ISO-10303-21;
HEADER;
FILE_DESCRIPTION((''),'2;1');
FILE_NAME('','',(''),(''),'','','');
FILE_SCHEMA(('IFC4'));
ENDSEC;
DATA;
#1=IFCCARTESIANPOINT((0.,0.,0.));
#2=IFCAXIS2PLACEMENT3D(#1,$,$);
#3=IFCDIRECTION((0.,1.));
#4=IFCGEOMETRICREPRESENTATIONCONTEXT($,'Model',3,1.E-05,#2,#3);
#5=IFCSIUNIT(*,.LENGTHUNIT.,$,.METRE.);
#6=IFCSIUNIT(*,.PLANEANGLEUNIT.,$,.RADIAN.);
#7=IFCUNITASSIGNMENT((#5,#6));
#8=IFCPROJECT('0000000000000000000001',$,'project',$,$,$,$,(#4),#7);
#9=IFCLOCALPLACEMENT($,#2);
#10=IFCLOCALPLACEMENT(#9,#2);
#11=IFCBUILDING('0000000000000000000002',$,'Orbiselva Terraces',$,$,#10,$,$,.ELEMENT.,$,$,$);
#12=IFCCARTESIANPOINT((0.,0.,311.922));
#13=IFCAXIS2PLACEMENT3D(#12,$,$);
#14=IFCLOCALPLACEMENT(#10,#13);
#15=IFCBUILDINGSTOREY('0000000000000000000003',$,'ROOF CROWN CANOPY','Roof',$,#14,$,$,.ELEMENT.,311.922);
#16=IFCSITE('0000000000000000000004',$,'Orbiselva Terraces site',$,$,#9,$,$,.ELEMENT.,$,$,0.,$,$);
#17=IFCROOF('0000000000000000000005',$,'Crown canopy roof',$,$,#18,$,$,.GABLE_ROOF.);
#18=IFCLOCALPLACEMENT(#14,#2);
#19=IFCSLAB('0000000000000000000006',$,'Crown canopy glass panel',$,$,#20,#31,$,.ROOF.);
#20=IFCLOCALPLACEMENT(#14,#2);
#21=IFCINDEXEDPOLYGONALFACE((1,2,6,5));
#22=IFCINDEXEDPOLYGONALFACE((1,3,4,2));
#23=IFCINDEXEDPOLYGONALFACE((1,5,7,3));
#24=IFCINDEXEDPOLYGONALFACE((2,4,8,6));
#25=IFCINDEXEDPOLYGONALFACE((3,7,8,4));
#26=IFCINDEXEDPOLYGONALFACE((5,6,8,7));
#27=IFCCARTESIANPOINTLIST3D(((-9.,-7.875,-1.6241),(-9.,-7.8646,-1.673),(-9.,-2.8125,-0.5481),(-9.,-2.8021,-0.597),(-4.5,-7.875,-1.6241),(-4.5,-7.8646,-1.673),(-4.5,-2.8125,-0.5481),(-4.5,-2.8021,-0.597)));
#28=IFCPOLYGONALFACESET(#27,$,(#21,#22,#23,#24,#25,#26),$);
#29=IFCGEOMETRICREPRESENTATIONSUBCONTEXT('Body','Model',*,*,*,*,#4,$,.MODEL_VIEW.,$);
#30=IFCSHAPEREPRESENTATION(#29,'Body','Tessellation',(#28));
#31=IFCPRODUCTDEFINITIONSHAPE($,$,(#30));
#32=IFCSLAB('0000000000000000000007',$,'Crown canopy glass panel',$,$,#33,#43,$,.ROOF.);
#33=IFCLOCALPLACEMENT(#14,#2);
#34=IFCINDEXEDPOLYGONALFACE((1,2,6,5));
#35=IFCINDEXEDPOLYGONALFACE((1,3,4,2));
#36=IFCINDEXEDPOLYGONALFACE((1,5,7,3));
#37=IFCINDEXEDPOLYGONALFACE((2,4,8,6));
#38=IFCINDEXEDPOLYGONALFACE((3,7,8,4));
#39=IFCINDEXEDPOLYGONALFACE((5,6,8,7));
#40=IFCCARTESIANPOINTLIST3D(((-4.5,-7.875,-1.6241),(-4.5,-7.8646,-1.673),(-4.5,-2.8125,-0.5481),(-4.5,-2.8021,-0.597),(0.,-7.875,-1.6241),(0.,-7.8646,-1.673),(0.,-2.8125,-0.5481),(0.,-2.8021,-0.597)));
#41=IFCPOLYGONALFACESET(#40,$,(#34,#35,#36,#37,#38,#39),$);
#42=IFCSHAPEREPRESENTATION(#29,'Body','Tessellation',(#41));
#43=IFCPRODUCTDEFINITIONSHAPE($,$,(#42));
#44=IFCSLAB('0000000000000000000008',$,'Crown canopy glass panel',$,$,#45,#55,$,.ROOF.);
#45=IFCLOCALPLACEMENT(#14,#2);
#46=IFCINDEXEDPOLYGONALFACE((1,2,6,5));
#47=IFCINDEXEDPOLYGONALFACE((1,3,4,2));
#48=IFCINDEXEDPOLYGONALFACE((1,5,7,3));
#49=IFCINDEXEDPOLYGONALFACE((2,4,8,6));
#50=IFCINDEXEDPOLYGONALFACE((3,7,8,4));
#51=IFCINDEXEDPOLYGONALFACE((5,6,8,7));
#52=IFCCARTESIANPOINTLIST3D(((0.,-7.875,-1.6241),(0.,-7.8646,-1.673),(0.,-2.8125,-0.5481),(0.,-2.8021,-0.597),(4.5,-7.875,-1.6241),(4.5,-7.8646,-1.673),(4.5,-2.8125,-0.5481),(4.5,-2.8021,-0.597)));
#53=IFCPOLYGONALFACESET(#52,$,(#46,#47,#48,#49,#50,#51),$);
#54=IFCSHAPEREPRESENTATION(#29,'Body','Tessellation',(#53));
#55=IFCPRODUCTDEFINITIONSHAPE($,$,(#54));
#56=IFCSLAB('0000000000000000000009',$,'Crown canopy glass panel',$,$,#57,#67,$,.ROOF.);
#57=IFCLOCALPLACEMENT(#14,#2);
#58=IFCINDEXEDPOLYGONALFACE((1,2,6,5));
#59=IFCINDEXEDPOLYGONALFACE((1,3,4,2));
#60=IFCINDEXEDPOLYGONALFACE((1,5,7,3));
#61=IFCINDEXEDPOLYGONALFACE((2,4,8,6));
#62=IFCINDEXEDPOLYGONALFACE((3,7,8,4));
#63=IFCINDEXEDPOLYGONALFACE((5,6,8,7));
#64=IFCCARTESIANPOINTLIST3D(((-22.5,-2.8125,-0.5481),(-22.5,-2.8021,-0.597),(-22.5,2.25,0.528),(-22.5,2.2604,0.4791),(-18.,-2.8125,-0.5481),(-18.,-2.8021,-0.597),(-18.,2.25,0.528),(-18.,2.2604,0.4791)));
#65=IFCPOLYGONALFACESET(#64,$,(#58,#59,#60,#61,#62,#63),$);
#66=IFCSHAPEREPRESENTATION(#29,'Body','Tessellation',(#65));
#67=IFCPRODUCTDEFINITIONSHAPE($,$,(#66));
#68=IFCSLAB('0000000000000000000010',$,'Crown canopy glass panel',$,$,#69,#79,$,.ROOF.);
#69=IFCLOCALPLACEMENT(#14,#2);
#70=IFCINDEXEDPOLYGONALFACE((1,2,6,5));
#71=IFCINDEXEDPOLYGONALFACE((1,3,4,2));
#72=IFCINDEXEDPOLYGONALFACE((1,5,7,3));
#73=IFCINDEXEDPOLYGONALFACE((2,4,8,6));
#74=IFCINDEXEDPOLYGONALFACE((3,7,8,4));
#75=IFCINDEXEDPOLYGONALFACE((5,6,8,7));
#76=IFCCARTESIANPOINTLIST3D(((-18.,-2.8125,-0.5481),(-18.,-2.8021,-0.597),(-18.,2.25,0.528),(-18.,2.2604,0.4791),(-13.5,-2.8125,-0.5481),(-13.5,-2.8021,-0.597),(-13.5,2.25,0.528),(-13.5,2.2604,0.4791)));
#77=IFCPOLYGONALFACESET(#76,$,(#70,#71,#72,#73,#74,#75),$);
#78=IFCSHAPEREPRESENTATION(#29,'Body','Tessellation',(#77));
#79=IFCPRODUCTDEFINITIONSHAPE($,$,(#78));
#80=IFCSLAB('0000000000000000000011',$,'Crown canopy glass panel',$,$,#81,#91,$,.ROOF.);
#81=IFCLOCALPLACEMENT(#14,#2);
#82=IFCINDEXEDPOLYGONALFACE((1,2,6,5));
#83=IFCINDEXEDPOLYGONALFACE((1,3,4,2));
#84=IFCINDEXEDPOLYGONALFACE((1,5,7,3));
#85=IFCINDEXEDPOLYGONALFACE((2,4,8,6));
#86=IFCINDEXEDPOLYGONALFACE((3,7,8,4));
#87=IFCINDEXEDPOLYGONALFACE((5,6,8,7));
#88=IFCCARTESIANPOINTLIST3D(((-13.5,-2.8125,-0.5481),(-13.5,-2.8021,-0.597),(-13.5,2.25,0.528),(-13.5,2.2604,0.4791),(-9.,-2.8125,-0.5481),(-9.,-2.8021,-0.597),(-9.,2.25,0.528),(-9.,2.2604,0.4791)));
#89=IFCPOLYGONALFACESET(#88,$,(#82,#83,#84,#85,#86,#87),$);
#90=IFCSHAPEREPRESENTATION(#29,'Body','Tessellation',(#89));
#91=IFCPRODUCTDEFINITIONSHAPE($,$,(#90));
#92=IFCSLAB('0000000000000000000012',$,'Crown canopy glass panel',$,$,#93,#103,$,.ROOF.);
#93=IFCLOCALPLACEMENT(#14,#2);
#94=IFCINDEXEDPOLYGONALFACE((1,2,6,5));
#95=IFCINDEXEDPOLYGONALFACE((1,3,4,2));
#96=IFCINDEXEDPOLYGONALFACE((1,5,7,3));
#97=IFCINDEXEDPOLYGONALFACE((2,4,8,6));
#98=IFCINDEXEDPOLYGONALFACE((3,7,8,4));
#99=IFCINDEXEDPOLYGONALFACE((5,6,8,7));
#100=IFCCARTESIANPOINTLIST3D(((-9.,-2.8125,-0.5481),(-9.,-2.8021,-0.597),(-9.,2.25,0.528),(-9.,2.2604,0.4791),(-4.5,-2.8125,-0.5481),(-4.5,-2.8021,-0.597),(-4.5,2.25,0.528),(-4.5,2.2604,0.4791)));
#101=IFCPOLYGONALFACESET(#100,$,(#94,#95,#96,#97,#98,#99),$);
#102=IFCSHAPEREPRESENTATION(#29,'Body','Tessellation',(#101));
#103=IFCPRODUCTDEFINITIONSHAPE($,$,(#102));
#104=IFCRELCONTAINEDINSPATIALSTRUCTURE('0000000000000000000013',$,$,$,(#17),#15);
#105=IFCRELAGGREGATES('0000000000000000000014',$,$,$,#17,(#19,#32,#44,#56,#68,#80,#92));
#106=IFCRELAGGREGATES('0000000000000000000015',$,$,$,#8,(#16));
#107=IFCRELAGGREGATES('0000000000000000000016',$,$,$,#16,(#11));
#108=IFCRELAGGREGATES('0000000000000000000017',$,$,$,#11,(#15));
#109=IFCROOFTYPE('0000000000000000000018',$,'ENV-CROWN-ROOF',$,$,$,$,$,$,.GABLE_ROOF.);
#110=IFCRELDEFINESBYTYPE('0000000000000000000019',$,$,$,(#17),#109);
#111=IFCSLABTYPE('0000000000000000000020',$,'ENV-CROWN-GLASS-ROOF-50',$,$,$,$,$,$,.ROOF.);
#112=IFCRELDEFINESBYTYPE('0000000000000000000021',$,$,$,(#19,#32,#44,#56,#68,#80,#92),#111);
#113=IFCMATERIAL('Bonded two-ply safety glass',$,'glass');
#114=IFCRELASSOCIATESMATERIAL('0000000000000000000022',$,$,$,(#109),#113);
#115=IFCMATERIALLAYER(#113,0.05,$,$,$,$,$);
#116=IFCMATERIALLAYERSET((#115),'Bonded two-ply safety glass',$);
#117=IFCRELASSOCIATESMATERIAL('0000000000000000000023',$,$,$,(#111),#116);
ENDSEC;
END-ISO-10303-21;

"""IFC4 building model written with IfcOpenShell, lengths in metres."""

from ifc_helpers import new_model, si_unit, direction, frame, origin, place, context, subcontext, project, spatial, polyline, outline, extrude, material, layer, layer_set, type_object, element, aggregate, save


model = new_model("IFC4")

# Units and contexts
model_context = context("Model", 3, precision=1e-05, world=origin(), true_north=direction((0.0, 1.0)))
body_context = subcontext(model_context, "Body", "Model", "MODEL_VIEW")
ifc_project = project(units=[si_unit("LENGTHUNIT", "METRE"), si_unit("PLANEANGLEUNIT", "RADIAN")], contexts=[model_context])

# Site, building, storey
site_placement = place(None, origin())
site = spatial("IfcSite", under=ifc_project, at=site_placement, Name="Orbiselva Terraces site", CompositionType="ELEMENT", RefElevation=0.0)
building_placement = place(site_placement, origin())
building = spatial("IfcBuilding", under=site, at=building_placement, Name="Orbiselva Terraces", CompositionType="ELEMENT")
storey_placement = place(building_placement, frame((0.0, 0.0, 311.922)))
storey = spatial("IfcBuildingStorey", under=building, at=storey_placement, Name="ROOF CROWN CANOPY", Description="Roof", CompositionType="ELEMENT", Elevation=311.922)

# Roof, slabs
ifc_material = material(Name="Bonded two-ply safety glass", Category="glass")
roof_type = type_object("IfcRoofType", Name="ENV-CROWN-ROOF", PredefinedType="GABLE_ROOF", material=ifc_material)
roof_placement = place(storey_placement, origin())
roof = element("IfcRoof", 1, at=roof_placement, inside=storey, type_object=roof_type, Name="Crown canopy roof", PredefinedType="GABLE_ROOF")
ifc_layer = layer(ifc_material, 0.05)
ifc_layer_set = layer_set([ifc_layer], Name="Bonded two-ply safety glass")
slab_type = type_object("IfcSlabType", Name="ENV-CROWN-GLASS-ROOF-50", PredefinedType="ROOF", material=ifc_layer_set)
slab_1_placement = place(storey_placement, frame((-9.0, -7.875, -1.6241), z_axis=(0.0, -0.207912, 0.978148), x_axis=(1.0, 0.0, 0.0)))
slab_1 = element("IfcSlab", 2, at=slab_1_placement, type_object=slab_type, Name="Crown canopy glass panel", PredefinedType="ROOF", context=body_context, shape_type="SweptSolid", body=[
    extrude(outline(polyline([(0.0, 0.0), (4.5, 0.0), (4.5, 5.1756), (0.0, 5.1756), (0.0, 0.0)])), origin(), (0.0, 0.0, -1.0), 0.05),
])
slab_2_placement = place(storey_placement, frame((-4.5, -7.875, -1.6241), z_axis=(0.0, -0.207912, 0.978148), x_axis=(1.0, 0.0, 0.0)))
slab_2 = element("IfcSlab", 3, at=slab_2_placement, type_object=slab_type, Name="Crown canopy glass panel", PredefinedType="ROOF", context=body_context, shape_type="SweptSolid", body=[
    extrude(outline(polyline([(0.0, 0.0), (4.5, 0.0), (4.5, 5.1756), (0.0, 5.1756), (0.0, 0.0)])), origin(), (0.0, 0.0, -1.0), 0.05),
])
slab_3_placement = place(storey_placement, frame((0.0, -7.875, -1.6241), z_axis=(0.0, -0.207912, 0.978148), x_axis=(1.0, 0.0, 0.0)))
slab_3 = element("IfcSlab", 4, at=slab_3_placement, type_object=slab_type, Name="Crown canopy glass panel", PredefinedType="ROOF", context=body_context, shape_type="SweptSolid", body=[
    extrude(outline(polyline([(0.0, 0.0), (4.5, 0.0), (4.5, 5.1756), (0.0, 5.1756), (0.0, 0.0)])), origin(), (0.0, 0.0, -1.0), 0.05),
])
slab_4_placement = place(storey_placement, frame((-22.5, -2.8125, -0.5481), z_axis=(0.0, -0.207912, 0.978148), x_axis=(1.0, 0.0, 0.0)))
slab_4 = element("IfcSlab", 5, at=slab_4_placement, type_object=slab_type, Name="Crown canopy glass panel", PredefinedType="ROOF", context=body_context, shape_type="SweptSolid", body=[
    extrude(outline(polyline([(0.0, 0.0), (4.5, 0.0), (4.5, 5.1756), (0.0, 5.1756), (0.0, 0.0)])), origin(), (0.0, 0.0, -1.0), 0.05),
])
slab_5_placement = place(storey_placement, frame((-18.0, -2.8125, -0.5481), z_axis=(0.0, -0.207912, 0.978148), x_axis=(1.0, 0.0, 0.0)))
slab_5 = element("IfcSlab", 6, at=slab_5_placement, type_object=slab_type, Name="Crown canopy glass panel", PredefinedType="ROOF", context=body_context, shape_type="SweptSolid", body=[
    extrude(outline(polyline([(0.0, 0.0), (4.5, 0.0), (4.5, 5.1756), (0.0, 5.1756), (0.0, 0.0)])), origin(), (0.0, 0.0, -1.0), 0.05),
])
slab_6_placement = place(storey_placement, frame((-13.5, -2.8125, -0.5481), z_axis=(0.0, -0.207912, 0.978148), x_axis=(1.0, 0.0, 0.0)))
slab_6 = element("IfcSlab", 7, at=slab_6_placement, type_object=slab_type, Name="Crown canopy glass panel", PredefinedType="ROOF", context=body_context, shape_type="SweptSolid", body=[
    extrude(outline(polyline([(0.0, 0.0), (4.5, 0.0), (4.5, 5.1756), (0.0, 5.1756), (0.0, 0.0)])), origin(), (0.0, 0.0, -1.0), 0.05),
])
slab_7_placement = place(storey_placement, frame((-9.0, -2.8125, -0.5481), z_axis=(0.0, -0.207912, 0.978148), x_axis=(1.0, 0.0, 0.0)))
slab_7 = element("IfcSlab", 8, at=slab_7_placement, type_object=slab_type, Name="Crown canopy glass panel", PredefinedType="ROOF", context=body_context, shape_type="SweptSolid", body=[
    extrude(outline(polyline([(0.0, 0.0), (4.5, 0.0), (4.5, 5.1756), (0.0, 5.1756), (0.0, 0.0)])), origin(), (0.0, 0.0, -1.0), 0.05),
])
aggregate(roof, [slab_1, slab_2, slab_3, slab_4, slab_5, slab_6, slab_7])

save(model, "model.ifc")
